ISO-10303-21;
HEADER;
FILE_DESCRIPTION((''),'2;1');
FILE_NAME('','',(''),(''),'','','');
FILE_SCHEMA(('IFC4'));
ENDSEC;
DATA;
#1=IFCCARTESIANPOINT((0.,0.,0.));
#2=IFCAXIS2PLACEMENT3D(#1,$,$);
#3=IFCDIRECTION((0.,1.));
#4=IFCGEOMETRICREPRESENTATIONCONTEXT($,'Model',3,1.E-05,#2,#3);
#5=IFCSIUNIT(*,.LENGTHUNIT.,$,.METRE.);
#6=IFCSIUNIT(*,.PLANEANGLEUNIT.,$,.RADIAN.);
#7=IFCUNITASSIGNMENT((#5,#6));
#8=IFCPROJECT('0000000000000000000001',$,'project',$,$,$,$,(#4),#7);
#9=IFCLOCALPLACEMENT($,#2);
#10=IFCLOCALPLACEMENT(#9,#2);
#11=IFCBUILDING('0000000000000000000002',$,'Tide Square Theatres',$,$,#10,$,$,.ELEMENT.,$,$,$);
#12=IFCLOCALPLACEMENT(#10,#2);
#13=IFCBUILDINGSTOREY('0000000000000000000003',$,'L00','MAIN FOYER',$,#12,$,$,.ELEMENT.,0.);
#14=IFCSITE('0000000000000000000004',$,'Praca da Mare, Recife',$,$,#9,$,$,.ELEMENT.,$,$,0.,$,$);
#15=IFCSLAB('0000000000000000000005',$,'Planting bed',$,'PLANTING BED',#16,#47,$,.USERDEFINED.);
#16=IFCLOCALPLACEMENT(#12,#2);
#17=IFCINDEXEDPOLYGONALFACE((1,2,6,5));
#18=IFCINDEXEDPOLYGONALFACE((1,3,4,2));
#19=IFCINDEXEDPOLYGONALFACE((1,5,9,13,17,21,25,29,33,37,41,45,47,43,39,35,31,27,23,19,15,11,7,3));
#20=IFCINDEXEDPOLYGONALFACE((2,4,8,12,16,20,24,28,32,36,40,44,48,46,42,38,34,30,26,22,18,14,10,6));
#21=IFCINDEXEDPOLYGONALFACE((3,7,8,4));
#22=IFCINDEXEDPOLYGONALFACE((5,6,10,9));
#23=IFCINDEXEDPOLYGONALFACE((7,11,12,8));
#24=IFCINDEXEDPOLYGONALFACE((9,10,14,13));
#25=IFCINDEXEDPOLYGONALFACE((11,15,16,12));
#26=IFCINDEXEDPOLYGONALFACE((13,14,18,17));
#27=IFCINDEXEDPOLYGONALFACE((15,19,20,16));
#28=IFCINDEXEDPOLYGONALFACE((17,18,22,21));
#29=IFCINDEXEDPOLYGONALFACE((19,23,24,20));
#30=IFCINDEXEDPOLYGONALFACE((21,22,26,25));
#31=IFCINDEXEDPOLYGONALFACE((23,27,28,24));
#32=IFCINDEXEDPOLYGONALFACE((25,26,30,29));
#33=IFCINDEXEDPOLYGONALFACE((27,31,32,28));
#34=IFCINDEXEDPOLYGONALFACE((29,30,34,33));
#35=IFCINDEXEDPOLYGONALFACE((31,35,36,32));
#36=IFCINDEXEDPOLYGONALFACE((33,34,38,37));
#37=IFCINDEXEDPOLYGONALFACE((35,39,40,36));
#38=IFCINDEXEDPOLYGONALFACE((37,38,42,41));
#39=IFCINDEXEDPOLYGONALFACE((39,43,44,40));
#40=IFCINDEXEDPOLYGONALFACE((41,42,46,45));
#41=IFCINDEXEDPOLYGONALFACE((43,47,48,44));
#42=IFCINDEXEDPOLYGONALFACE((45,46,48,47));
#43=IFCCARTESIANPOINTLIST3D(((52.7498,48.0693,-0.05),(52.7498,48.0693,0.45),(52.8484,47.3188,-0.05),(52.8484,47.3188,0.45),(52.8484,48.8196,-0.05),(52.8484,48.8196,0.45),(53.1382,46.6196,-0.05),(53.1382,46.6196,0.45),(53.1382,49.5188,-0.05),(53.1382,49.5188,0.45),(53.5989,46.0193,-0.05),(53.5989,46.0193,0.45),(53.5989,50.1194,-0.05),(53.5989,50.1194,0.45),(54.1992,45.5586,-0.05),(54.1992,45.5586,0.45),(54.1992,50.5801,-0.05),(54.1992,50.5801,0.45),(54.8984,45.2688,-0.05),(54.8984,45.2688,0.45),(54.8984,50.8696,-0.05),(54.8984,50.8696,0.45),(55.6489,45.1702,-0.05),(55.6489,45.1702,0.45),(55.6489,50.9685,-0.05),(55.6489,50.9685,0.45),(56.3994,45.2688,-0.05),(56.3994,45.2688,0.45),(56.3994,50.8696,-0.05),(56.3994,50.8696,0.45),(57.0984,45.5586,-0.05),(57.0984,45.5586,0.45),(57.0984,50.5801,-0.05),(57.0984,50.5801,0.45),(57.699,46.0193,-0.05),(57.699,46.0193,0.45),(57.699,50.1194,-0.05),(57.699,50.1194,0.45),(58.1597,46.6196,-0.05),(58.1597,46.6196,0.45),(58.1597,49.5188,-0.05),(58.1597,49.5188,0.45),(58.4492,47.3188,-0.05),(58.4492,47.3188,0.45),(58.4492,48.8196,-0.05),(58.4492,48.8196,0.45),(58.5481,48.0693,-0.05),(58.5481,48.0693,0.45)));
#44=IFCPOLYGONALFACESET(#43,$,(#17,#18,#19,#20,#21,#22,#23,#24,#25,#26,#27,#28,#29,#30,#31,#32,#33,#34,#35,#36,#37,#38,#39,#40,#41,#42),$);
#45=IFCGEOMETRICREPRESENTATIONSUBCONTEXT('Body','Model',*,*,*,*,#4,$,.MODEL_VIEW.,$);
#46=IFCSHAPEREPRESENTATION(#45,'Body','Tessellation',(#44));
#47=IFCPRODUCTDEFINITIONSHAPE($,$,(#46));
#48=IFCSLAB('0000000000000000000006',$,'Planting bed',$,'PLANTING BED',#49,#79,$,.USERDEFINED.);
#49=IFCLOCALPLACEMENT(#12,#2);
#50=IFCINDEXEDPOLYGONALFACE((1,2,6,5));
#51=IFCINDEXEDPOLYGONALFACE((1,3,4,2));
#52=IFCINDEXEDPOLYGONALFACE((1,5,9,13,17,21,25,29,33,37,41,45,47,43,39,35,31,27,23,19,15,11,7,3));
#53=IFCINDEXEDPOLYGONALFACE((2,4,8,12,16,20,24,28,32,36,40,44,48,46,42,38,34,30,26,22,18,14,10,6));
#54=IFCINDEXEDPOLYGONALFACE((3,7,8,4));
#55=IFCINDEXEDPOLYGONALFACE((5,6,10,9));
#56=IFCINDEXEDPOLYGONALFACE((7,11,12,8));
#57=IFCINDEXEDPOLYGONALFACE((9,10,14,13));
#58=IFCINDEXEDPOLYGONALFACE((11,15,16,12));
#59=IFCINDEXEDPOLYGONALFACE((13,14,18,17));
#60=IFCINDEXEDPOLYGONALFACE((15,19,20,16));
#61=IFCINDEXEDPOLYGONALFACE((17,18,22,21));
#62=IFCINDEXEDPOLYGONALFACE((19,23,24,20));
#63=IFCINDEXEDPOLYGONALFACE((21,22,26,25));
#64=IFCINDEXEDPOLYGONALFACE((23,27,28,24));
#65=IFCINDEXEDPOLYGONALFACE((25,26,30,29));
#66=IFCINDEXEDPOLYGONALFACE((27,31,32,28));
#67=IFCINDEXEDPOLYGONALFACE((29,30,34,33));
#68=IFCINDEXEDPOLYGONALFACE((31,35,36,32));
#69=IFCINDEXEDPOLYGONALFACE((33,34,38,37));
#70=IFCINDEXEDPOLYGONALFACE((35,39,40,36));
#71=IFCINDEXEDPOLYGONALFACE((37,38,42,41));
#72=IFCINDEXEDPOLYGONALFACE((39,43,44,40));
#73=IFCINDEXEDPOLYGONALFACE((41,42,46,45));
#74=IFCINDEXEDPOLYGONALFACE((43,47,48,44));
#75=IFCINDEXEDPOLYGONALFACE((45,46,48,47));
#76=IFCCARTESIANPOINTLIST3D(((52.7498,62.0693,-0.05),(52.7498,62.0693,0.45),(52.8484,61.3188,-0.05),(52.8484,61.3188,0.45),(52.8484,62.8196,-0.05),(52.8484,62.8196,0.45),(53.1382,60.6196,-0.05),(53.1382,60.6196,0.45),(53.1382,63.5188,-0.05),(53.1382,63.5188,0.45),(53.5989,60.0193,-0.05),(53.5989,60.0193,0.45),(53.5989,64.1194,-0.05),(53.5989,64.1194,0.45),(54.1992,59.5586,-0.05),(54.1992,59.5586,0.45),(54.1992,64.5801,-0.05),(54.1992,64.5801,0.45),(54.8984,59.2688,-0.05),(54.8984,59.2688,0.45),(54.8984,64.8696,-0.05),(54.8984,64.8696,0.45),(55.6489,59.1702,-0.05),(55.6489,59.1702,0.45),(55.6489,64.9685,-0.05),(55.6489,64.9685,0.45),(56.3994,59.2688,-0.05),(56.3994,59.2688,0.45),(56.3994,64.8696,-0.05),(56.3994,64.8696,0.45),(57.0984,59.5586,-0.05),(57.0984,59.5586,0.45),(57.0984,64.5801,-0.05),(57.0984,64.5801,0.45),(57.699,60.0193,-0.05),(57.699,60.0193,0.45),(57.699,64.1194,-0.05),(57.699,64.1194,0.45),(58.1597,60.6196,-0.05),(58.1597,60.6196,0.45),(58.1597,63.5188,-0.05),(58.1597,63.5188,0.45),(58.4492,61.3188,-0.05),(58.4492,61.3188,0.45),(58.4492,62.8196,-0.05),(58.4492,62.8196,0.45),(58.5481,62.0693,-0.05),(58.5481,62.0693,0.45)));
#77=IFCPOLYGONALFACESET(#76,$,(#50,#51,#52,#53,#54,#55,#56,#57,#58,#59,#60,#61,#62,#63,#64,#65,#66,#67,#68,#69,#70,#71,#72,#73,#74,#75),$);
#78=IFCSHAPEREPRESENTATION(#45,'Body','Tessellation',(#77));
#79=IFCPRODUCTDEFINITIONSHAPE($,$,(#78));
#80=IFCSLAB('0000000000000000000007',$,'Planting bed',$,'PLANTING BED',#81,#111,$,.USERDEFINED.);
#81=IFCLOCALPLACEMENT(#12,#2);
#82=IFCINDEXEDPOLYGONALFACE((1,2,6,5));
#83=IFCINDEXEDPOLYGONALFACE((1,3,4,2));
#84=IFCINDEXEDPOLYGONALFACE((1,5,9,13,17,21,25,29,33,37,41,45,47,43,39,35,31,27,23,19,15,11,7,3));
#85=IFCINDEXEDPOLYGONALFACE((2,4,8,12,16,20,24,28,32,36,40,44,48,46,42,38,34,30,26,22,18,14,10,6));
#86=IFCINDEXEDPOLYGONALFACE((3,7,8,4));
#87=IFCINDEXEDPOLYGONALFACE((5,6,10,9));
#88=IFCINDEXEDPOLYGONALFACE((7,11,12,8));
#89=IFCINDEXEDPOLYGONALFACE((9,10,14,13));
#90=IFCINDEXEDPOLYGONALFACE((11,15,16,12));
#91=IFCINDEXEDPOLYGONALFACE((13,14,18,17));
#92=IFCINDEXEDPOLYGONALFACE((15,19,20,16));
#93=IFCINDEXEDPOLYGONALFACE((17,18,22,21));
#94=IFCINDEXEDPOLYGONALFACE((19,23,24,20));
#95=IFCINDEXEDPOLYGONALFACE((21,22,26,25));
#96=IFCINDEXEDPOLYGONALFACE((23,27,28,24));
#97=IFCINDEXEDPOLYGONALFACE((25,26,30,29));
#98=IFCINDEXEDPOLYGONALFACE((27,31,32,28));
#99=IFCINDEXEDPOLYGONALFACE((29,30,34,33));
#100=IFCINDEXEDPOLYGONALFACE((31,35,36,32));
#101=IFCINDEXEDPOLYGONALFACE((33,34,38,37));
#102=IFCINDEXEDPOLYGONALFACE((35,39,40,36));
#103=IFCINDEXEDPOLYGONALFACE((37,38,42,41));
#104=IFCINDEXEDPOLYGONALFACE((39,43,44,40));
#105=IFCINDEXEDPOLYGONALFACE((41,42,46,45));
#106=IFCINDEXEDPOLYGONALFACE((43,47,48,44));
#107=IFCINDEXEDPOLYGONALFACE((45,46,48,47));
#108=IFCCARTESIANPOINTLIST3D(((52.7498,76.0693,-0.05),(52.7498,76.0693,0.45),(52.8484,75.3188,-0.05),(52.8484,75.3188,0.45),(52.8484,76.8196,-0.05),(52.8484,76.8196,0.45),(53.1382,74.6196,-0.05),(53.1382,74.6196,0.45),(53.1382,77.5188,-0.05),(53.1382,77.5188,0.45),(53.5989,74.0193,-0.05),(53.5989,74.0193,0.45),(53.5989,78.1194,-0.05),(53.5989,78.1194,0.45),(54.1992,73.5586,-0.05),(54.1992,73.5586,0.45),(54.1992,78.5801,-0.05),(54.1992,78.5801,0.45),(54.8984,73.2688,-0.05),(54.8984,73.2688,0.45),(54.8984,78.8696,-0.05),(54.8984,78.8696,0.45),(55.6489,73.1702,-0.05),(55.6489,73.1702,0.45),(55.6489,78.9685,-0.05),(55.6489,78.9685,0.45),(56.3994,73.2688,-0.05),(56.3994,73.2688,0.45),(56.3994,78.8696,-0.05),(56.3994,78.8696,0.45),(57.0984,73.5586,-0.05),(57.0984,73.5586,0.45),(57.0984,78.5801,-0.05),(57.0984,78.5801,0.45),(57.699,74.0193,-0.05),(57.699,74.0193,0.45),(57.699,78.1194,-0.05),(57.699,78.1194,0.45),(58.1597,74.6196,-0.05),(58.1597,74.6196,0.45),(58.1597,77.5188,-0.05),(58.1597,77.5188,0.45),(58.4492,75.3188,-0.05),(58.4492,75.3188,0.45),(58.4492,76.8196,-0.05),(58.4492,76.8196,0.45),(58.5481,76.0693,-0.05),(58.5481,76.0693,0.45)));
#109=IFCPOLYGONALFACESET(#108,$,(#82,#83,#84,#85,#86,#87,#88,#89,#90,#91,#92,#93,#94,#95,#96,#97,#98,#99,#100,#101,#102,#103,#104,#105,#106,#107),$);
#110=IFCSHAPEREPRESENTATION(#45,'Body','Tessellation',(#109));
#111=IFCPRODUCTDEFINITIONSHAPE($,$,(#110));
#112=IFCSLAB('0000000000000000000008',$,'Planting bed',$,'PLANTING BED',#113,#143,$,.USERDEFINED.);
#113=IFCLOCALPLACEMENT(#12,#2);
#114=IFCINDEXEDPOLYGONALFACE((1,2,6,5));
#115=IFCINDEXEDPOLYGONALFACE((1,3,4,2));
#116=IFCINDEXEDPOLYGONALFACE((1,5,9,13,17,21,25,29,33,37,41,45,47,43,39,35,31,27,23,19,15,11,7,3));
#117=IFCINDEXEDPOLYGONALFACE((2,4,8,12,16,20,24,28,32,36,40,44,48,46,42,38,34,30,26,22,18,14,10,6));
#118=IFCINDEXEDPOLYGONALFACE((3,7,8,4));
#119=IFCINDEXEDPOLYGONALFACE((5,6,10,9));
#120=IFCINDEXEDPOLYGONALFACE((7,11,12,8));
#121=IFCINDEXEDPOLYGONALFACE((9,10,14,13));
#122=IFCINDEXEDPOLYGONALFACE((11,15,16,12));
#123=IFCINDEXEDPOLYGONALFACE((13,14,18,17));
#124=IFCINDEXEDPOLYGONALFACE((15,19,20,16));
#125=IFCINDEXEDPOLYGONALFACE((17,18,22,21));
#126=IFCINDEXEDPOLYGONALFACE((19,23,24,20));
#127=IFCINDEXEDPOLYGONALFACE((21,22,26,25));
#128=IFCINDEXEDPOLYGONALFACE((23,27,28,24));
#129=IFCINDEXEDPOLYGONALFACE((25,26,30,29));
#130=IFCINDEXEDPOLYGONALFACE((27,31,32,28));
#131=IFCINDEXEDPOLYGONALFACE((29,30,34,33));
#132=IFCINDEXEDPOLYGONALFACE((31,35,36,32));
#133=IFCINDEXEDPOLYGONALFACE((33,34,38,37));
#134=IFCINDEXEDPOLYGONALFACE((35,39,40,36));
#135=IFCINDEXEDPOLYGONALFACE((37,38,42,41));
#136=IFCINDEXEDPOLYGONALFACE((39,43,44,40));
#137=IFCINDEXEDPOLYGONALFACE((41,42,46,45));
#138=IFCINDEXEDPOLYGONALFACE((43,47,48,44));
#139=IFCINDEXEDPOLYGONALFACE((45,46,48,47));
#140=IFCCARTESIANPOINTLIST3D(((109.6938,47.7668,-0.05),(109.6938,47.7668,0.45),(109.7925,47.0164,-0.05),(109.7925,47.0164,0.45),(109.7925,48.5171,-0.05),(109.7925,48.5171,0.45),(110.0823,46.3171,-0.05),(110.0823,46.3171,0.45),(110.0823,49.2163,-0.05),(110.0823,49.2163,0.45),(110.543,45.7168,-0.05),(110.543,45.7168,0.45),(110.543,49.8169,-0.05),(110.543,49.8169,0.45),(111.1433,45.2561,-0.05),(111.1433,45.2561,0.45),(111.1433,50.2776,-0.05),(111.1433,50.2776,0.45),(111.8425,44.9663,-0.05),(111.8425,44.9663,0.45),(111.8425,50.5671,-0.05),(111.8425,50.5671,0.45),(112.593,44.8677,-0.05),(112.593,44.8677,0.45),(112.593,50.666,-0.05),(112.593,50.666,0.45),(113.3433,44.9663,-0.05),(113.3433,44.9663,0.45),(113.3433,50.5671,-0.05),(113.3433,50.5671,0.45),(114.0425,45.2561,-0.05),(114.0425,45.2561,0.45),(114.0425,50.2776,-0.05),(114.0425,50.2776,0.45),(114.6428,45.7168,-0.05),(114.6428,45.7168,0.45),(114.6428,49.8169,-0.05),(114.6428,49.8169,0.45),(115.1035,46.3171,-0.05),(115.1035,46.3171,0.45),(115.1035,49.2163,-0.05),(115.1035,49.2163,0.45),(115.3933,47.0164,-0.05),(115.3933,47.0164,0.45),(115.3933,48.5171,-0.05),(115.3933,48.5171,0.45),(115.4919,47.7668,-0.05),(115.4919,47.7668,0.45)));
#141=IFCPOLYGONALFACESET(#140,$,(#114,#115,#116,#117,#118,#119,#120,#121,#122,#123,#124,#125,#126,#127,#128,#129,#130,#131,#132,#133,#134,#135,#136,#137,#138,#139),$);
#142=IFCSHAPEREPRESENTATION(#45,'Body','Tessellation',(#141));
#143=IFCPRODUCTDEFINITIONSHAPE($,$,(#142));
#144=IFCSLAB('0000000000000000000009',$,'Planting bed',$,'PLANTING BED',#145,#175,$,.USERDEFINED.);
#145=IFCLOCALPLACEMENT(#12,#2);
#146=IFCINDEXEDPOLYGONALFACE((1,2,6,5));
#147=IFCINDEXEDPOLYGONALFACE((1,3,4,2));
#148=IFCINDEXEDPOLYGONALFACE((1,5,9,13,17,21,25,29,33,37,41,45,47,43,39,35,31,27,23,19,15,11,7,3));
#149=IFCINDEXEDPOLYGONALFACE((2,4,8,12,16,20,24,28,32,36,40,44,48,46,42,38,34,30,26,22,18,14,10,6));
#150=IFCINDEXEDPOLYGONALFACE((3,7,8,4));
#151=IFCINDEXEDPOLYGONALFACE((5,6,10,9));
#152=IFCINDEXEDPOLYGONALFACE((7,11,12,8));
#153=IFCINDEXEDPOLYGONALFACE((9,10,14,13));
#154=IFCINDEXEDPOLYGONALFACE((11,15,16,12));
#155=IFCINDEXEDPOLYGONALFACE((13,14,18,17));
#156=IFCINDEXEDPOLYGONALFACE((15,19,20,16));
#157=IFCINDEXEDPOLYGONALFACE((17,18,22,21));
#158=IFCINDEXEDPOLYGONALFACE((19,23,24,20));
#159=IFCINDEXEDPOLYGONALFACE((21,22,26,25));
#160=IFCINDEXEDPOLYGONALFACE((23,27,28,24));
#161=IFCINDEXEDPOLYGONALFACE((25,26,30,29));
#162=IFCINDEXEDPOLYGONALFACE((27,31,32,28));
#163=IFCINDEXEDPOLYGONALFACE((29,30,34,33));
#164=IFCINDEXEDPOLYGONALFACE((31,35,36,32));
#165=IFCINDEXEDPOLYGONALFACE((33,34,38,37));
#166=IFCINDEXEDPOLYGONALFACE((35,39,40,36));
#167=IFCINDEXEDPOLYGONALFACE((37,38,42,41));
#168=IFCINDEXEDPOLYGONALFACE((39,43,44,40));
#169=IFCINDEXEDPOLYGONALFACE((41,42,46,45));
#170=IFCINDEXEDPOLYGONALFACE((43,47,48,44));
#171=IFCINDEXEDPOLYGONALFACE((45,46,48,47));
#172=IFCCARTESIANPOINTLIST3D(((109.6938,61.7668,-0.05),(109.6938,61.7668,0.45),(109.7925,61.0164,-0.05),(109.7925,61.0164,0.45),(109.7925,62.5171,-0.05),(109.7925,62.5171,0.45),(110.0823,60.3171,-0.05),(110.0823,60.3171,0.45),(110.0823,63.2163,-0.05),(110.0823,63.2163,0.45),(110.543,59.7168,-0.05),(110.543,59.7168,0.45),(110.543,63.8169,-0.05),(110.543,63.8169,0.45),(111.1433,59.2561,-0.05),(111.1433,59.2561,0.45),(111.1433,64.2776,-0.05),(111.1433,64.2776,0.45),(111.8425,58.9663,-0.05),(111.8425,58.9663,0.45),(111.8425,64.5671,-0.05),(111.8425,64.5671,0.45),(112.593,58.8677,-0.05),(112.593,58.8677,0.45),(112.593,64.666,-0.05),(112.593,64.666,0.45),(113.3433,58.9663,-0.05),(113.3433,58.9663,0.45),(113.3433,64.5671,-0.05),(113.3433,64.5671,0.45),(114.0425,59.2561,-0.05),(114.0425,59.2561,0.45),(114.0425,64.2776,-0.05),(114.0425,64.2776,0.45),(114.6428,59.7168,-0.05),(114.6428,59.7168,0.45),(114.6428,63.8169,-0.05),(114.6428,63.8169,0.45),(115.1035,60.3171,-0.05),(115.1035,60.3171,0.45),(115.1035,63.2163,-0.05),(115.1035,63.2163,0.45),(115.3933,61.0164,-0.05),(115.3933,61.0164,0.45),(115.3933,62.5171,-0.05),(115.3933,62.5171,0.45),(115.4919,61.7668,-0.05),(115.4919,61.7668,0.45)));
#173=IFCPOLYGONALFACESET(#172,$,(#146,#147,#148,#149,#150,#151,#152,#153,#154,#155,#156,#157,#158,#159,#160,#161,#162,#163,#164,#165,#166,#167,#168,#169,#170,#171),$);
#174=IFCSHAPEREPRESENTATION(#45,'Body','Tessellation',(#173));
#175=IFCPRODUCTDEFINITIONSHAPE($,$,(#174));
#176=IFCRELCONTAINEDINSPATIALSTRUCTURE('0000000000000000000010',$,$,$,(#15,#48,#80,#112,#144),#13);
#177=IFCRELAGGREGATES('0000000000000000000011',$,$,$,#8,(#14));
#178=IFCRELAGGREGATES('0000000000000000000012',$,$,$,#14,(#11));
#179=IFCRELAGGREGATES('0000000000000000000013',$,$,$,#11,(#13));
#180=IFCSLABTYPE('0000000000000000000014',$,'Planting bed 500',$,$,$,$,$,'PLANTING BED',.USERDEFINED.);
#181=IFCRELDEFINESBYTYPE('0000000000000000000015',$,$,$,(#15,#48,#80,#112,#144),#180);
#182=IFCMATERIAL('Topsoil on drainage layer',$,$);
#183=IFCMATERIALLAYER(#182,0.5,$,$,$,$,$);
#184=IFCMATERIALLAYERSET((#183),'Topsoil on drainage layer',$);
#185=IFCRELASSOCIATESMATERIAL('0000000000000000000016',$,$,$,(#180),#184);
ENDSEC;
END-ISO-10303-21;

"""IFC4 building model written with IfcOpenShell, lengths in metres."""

from ifc_helpers import new_model, si_unit, direction, frame, origin, place, context, subcontext, project, spatial, polyline, outline, extrude, material, layer, layer_set, type_object, element, save


model = new_model("IFC4")

# Units and contexts
model_context = context("Model", 3, precision=1e-05, world=origin(), true_north=direction((0.0, 1.0)))
body_context = subcontext(model_context, "Body", "Model", "MODEL_VIEW")
ifc_project = project(units=[si_unit("LENGTHUNIT", "METRE"), si_unit("PLANEANGLEUNIT", "RADIAN")], contexts=[model_context])

# Site, building, storey
site_placement = place(None, origin())
site = spatial("IfcSite", under=ifc_project, at=site_placement, Name="Praca da Mare, Recife", CompositionType="ELEMENT", RefElevation=0.0)
building_placement = place(site_placement, origin())
building = spatial("IfcBuilding", under=site, at=building_placement, Name="Tide Square Theatres", CompositionType="ELEMENT")
storey_placement = place(building_placement, origin())
storey = spatial("IfcBuildingStorey", under=building, at=storey_placement, Name="L00", Description="MAIN FOYER", CompositionType="ELEMENT", Elevation=0.0)

# Slabs
ifc_material_1 = material(Name="Topsoil on drainage layer")
ifc_layer_1 = layer(ifc_material_1, 0.5)
ifc_layer_set_1 = layer_set([ifc_layer_1], Name="Topsoil on drainage layer")
slab_type_1 = type_object("IfcSlabType", Name="Planting bed 500", ElementType="PLANTING BED", PredefinedType="USERDEFINED", material=ifc_layer_set_1)
slab_1_placement = place(storey_placement, frame((0.0, 0.0, -0.05)))
element("IfcSlab", 1, at=slab_1_placement, inside=storey, type_object=slab_type_1, Name="Planting bed", ObjectType="PLANTING BED", PredefinedType="USERDEFINED", context=body_context, shape_type="SweptSolid", body=[
    extrude(outline(polyline([(58.4492, 48.8196), (58.1597, 49.5188), (57.699, 50.1194), (57.0984, 50.5801), (56.3994, 50.8696), (55.6489, 50.9685), (54.8984, 50.8696), (54.1992, 50.5801), (53.5989, 50.1194), (53.1382, 49.5188), (52.8484, 48.8196), (52.7498, 48.0693), (52.8484, 47.3188), (53.1382, 46.6196), (53.5989, 46.0193), (54.1992, 45.5586), (54.8984, 45.2688), (55.6489, 45.1702), (56.3994, 45.2688), (57.0984, 45.5586), (57.699, 46.0193), (58.1597, 46.6196), (58.4492, 47.3188), (58.5481, 48.0693), (58.4492, 48.8196)])), origin(), (0.0, 0.0, 1.0), 0.5),
])
slab_2_placement = place(storey_placement, frame((0.0, 0.0, -0.05)))
element("IfcSlab", 2, at=slab_2_placement, inside=storey, type_object=slab_type_1, Name="Planting bed", ObjectType="PLANTING BED", PredefinedType="USERDEFINED", context=body_context, shape_type="SweptSolid", body=[
    extrude(outline(polyline([(58.4492, 62.8196), (58.1597, 63.5188), (57.699, 64.1194), (57.0984, 64.5801), (56.3994, 64.8696), (55.6489, 64.9685), (54.8984, 64.8696), (54.1992, 64.5801), (53.5989, 64.1194), (53.1382, 63.5188), (52.8484, 62.8196), (52.7498, 62.0693), (52.8484, 61.3188), (53.1382, 60.6196), (53.5989, 60.0193), (54.1992, 59.5586), (54.8984, 59.2688), (55.6489, 59.1702), (56.3994, 59.2688), (57.0984, 59.5586), (57.699, 60.0193), (58.1597, 60.6196), (58.4492, 61.3188), (58.5481, 62.0693), (58.4492, 62.8196)])), origin(), (0.0, 0.0, 1.0), 0.5),
])
slab_3_placement = place(storey_placement, frame((0.0, 0.0, -0.05)))
element("IfcSlab", 3, at=slab_3_placement, inside=storey, type_object=slab_type_1, Name="Planting bed", ObjectType="PLANTING BED", PredefinedType="USERDEFINED", context=body_context, shape_type="SweptSolid", body=[
    extrude(outline(polyline([(58.4492, 76.8196), (58.1597, 77.5188), (57.699, 78.1194), (57.0984, 78.5801), (56.3994, 78.8696), (55.6489, 78.9685), (54.8984, 78.8696), (54.1992, 78.5801), (53.5989, 78.1194), (53.1382, 77.5188), (52.8484, 76.8196), (52.7498, 76.0693), (52.8484, 75.3188), (53.1382, 74.6196), (53.5989, 74.0193), (54.1992, 73.5586), (54.8984, 73.2688), (55.6489, 73.1702), (56.3994, 73.2688), (57.0984, 73.5586), (57.699, 74.0193), (58.1597, 74.6196), (58.4492, 75.3188), (58.5481, 76.0693), (58.4492, 76.8196)])), origin(), (0.0, 0.0, 1.0), 0.5),
])
slab_4_placement = place(storey_placement, frame((0.0, 0.0, -0.05)))
element("IfcSlab", 4, at=slab_4_placement, inside=storey, type_object=slab_type_1, Name="Planting bed", ObjectType="PLANTING BED", PredefinedType="USERDEFINED", context=body_context, shape_type="SweptSolid", body=[
    extrude(outline(polyline([(115.3933, 48.5171), (115.1035, 49.2163), (114.6428, 49.8169), (114.0425, 50.2776), (113.3433, 50.5671), (112.593, 50.666), (111.8425, 50.5671), (111.1433, 50.2776), (110.543, 49.8169), (110.0823, 49.2163), (109.7925, 48.5171), (109.6938, 47.7668), (109.7925, 47.0164), (110.0823, 46.3171), (110.543, 45.7168), (111.1433, 45.2561), (111.8425, 44.9663), (112.593, 44.8677), (113.3433, 44.9663), (114.0425, 45.2561), (114.6428, 45.7168), (115.1035, 46.3171), (115.3933, 47.0164), (115.4919, 47.7668), (115.3933, 48.5171)])), origin(), (0.0, 0.0, 1.0), 0.5),
])
slab_5_placement = place(storey_placement, frame((0.0, 0.0, -0.05)))
element("IfcSlab", 5, at=slab_5_placement, inside=storey, type_object=slab_type_1, Name="Planting bed", ObjectType="PLANTING BED", PredefinedType="USERDEFINED", context=body_context, shape_type="SweptSolid", body=[
    extrude(outline(polyline([(115.3933, 62.5171), (115.1035, 63.2163), (114.6428, 63.8169), (114.0425, 64.2776), (113.3433, 64.5671), (112.593, 64.666), (111.8425, 64.5671), (111.1433, 64.2776), (110.543, 63.8169), (110.0823, 63.2163), (109.7925, 62.5171), (109.6938, 61.7668), (109.7925, 61.0164), (110.0823, 60.3171), (110.543, 59.7168), (111.1433, 59.2561), (111.8425, 58.9663), (112.593, 58.8677), (113.3433, 58.9663), (114.0425, 59.2561), (114.6428, 59.7168), (115.1035, 60.3171), (115.3933, 61.0164), (115.4919, 61.7668), (115.3933, 62.5171)])), origin(), (0.0, 0.0, 1.0), 0.5),
])

save(model, "model.ifc")
